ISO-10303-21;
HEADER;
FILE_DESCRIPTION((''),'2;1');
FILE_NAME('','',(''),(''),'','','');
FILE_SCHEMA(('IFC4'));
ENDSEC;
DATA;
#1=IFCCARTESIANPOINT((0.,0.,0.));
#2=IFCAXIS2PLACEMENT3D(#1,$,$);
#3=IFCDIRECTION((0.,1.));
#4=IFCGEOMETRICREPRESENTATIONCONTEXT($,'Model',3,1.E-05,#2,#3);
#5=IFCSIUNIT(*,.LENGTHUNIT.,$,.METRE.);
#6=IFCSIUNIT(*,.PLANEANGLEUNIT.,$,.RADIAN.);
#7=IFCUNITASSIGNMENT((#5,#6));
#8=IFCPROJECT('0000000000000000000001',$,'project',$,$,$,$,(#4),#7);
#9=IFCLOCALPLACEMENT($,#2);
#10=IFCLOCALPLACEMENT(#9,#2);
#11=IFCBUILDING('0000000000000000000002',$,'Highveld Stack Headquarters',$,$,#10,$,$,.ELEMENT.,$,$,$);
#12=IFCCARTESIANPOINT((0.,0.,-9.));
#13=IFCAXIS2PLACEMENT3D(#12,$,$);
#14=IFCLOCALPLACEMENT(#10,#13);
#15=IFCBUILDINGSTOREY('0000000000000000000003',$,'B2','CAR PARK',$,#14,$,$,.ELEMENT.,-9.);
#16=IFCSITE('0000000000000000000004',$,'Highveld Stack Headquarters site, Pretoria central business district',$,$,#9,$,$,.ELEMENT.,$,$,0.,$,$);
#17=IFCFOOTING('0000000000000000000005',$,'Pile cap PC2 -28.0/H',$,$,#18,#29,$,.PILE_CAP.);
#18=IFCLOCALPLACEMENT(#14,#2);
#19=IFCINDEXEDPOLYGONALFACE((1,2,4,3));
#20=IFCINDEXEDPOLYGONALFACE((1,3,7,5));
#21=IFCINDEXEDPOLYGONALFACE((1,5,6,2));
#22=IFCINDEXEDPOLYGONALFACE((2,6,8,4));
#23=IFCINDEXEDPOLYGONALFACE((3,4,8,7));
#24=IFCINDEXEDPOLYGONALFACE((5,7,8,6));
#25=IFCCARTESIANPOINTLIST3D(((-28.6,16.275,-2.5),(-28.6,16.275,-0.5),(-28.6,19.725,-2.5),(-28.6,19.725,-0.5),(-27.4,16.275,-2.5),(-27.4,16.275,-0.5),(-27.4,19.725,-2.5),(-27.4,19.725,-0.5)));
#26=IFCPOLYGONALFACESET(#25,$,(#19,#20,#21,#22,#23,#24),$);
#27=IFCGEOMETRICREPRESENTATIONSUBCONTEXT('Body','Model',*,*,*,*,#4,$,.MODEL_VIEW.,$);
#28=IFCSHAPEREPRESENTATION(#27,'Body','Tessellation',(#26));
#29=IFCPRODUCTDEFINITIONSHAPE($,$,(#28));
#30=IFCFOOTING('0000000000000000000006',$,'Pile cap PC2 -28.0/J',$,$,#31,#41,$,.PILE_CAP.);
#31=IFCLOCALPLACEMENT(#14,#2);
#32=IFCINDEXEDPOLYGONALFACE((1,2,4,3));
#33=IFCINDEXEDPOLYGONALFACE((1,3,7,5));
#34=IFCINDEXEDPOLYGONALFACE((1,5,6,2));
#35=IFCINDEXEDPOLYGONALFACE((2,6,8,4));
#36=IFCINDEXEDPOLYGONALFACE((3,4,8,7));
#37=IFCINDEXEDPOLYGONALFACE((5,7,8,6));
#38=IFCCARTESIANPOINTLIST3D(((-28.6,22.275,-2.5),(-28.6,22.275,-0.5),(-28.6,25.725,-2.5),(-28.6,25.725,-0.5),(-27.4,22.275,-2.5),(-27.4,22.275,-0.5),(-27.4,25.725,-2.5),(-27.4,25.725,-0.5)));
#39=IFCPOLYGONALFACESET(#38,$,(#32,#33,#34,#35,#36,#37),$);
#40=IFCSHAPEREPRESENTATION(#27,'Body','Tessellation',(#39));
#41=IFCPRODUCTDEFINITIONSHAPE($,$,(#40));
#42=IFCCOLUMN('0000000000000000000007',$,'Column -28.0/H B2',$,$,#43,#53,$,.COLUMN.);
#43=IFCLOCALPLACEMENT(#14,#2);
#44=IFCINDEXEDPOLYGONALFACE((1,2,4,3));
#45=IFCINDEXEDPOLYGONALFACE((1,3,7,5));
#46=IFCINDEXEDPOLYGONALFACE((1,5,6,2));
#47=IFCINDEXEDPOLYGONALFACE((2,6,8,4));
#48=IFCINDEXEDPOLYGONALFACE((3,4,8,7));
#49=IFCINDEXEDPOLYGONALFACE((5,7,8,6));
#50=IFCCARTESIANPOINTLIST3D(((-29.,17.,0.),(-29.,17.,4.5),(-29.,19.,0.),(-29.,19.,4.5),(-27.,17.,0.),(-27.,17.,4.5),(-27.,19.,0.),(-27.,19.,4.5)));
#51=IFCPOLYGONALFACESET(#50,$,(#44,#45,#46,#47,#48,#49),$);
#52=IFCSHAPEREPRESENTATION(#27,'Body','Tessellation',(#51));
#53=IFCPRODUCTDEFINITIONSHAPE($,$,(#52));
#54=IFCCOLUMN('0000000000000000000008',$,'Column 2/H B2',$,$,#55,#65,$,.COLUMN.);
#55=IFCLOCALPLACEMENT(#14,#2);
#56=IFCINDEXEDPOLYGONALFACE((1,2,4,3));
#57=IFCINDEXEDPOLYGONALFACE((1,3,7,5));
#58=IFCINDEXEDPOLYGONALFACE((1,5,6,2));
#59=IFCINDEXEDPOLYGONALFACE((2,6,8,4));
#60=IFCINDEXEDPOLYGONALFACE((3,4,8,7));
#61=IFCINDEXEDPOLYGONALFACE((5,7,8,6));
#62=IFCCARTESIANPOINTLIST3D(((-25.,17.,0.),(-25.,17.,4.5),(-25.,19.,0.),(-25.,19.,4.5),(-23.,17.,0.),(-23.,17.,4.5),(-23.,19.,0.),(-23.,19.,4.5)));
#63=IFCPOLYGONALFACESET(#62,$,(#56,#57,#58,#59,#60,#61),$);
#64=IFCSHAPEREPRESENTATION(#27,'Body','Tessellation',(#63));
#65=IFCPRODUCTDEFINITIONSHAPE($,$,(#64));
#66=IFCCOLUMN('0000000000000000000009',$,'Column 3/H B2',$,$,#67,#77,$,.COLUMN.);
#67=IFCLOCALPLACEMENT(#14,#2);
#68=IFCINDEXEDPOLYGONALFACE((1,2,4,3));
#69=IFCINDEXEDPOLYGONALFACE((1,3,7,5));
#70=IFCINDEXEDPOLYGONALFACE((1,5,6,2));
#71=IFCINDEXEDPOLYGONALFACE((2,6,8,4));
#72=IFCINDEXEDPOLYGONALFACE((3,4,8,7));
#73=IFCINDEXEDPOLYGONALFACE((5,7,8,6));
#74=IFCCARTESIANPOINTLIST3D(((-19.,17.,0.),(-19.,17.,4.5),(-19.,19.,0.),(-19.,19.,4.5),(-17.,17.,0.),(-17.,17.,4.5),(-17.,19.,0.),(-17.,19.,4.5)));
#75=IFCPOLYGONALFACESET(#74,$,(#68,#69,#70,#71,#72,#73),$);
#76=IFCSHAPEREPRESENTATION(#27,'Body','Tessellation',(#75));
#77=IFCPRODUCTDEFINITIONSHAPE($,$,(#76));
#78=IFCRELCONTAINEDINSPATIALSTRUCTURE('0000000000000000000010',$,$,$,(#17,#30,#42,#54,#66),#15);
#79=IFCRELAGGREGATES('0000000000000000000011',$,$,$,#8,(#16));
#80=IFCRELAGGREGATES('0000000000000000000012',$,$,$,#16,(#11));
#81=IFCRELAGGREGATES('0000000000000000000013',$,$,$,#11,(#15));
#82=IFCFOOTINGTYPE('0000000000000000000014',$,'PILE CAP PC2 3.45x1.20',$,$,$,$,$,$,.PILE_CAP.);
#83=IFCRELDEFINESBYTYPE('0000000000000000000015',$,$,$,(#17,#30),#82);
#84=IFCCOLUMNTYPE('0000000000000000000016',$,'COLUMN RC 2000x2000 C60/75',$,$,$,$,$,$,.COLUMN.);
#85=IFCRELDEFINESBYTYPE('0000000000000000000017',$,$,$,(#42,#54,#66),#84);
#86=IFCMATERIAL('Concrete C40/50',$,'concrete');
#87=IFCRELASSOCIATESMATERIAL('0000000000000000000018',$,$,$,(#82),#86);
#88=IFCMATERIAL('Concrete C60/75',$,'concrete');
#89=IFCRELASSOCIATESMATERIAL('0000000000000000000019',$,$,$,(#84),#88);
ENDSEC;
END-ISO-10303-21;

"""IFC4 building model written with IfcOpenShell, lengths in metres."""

from ifc_helpers import new_model, si_unit, direction, frame, origin, origin_2d, place, context, subcontext, project, spatial, rectangle, extrude, material, material_profile, profile_set, type_object, element, save


model = new_model("IFC4")

# Units and contexts
model_context = context("Model", 3, precision=1e-05, world=origin(), true_north=direction((0.0, 1.0)))
body_context = subcontext(model_context, "Body", "Model", "MODEL_VIEW")
ifc_project = project(units=[si_unit("LENGTHUNIT", "METRE"), si_unit("PLANEANGLEUNIT", "RADIAN")], contexts=[model_context])

# Site, building, storey
site_placement = place(None, origin())
site = spatial("IfcSite", under=ifc_project, at=site_placement, Name="Highveld Stack Headquarters site, Pretoria central business district", CompositionType="ELEMENT", RefElevation=0.0)
building_placement = place(site_placement, origin())
building = spatial("IfcBuilding", under=site, at=building_placement, Name="Highveld Stack Headquarters", CompositionType="ELEMENT")
storey_placement = place(building_placement, frame((0.0, 0.0, -9.0)))
storey = spatial("IfcBuildingStorey", under=building, at=storey_placement, Name="B2", Description="CAR PARK", CompositionType="ELEMENT", Elevation=-9.0)

# Footings
ifc_material_1 = material(Name="Concrete C40/50", Category="concrete")
footing_type_1 = type_object("IfcFootingType", Name="PILE CAP PC2 3.45x1.20", PredefinedType="PILE_CAP", material=ifc_material_1)
for number, where, z_axis, x_axis, name in (
    (1, (-28.0, 18.0, -2.5), (0.0, 0.0, 1.0), (0.0, 1.0, 0.0), "Pile cap PC2 -28.0/H"),
    (2, (-28.0, 24.0, -2.5), (0.0, 0.0, 1.0), (0.0, 1.0, 0.0), "Pile cap PC2 -28.0/J"),
):
    element("IfcFooting", number, at=place(storey_placement, frame(where, z_axis=z_axis, x_axis=x_axis)), inside=storey, type_object=footing_type_1, Name=name, PredefinedType="PILE_CAP", context=body_context, shape_type="SweptSolid", body=[
        extrude(rectangle(XDim=3.45, YDim=1.2, at=origin_2d()), origin(), (0.0, 0.0, 1.0), 2.0),
    ])

# Columns
ifc_material_2 = material(Name="Concrete C60/75", Category="concrete")
ifc_material_profile = material_profile(ifc_material_2, rectangle(XDim=2.0, YDim=2.0, at=origin_2d()), Name="RC 2000x2000")
ifc_profile_set = profile_set([ifc_material_profile], Name="Concrete C60/75")
column_type = type_object("IfcColumnType", Name="COLUMN RC 2000x2000 C60/75", PredefinedType="COLUMN", material=ifc_profile_set)
for number, where, z_axis, x_axis, name in (
    (3, (-28.0, 18.0, 0.0), (0.0, 0.0, 1.0), (1.0, 0.0, 0.0), "Column -28.0/H B2"),
    (4, (-24.0, 18.0, 0.0), (0.0, 0.0, 1.0), (1.0, 0.0, 0.0), "Column 2/H B2"),
    (5, (-18.0, 18.0, 0.0), (0.0, 0.0, 1.0), (1.0, 0.0, 0.0), "Column 3/H B2"),
):
    element("IfcColumn", number, at=place(storey_placement, frame(where, z_axis=z_axis, x_axis=x_axis)), inside=storey, type_object=column_type, Name=name, PredefinedType="COLUMN", context=body_context, shape_type="SweptSolid", body=[
        extrude(rectangle(XDim=2.0, YDim=2.0, at=origin_2d()), origin(), (0.0, 0.0, 1.0), 4.5),
    ])

save(model, "model.ifc")
